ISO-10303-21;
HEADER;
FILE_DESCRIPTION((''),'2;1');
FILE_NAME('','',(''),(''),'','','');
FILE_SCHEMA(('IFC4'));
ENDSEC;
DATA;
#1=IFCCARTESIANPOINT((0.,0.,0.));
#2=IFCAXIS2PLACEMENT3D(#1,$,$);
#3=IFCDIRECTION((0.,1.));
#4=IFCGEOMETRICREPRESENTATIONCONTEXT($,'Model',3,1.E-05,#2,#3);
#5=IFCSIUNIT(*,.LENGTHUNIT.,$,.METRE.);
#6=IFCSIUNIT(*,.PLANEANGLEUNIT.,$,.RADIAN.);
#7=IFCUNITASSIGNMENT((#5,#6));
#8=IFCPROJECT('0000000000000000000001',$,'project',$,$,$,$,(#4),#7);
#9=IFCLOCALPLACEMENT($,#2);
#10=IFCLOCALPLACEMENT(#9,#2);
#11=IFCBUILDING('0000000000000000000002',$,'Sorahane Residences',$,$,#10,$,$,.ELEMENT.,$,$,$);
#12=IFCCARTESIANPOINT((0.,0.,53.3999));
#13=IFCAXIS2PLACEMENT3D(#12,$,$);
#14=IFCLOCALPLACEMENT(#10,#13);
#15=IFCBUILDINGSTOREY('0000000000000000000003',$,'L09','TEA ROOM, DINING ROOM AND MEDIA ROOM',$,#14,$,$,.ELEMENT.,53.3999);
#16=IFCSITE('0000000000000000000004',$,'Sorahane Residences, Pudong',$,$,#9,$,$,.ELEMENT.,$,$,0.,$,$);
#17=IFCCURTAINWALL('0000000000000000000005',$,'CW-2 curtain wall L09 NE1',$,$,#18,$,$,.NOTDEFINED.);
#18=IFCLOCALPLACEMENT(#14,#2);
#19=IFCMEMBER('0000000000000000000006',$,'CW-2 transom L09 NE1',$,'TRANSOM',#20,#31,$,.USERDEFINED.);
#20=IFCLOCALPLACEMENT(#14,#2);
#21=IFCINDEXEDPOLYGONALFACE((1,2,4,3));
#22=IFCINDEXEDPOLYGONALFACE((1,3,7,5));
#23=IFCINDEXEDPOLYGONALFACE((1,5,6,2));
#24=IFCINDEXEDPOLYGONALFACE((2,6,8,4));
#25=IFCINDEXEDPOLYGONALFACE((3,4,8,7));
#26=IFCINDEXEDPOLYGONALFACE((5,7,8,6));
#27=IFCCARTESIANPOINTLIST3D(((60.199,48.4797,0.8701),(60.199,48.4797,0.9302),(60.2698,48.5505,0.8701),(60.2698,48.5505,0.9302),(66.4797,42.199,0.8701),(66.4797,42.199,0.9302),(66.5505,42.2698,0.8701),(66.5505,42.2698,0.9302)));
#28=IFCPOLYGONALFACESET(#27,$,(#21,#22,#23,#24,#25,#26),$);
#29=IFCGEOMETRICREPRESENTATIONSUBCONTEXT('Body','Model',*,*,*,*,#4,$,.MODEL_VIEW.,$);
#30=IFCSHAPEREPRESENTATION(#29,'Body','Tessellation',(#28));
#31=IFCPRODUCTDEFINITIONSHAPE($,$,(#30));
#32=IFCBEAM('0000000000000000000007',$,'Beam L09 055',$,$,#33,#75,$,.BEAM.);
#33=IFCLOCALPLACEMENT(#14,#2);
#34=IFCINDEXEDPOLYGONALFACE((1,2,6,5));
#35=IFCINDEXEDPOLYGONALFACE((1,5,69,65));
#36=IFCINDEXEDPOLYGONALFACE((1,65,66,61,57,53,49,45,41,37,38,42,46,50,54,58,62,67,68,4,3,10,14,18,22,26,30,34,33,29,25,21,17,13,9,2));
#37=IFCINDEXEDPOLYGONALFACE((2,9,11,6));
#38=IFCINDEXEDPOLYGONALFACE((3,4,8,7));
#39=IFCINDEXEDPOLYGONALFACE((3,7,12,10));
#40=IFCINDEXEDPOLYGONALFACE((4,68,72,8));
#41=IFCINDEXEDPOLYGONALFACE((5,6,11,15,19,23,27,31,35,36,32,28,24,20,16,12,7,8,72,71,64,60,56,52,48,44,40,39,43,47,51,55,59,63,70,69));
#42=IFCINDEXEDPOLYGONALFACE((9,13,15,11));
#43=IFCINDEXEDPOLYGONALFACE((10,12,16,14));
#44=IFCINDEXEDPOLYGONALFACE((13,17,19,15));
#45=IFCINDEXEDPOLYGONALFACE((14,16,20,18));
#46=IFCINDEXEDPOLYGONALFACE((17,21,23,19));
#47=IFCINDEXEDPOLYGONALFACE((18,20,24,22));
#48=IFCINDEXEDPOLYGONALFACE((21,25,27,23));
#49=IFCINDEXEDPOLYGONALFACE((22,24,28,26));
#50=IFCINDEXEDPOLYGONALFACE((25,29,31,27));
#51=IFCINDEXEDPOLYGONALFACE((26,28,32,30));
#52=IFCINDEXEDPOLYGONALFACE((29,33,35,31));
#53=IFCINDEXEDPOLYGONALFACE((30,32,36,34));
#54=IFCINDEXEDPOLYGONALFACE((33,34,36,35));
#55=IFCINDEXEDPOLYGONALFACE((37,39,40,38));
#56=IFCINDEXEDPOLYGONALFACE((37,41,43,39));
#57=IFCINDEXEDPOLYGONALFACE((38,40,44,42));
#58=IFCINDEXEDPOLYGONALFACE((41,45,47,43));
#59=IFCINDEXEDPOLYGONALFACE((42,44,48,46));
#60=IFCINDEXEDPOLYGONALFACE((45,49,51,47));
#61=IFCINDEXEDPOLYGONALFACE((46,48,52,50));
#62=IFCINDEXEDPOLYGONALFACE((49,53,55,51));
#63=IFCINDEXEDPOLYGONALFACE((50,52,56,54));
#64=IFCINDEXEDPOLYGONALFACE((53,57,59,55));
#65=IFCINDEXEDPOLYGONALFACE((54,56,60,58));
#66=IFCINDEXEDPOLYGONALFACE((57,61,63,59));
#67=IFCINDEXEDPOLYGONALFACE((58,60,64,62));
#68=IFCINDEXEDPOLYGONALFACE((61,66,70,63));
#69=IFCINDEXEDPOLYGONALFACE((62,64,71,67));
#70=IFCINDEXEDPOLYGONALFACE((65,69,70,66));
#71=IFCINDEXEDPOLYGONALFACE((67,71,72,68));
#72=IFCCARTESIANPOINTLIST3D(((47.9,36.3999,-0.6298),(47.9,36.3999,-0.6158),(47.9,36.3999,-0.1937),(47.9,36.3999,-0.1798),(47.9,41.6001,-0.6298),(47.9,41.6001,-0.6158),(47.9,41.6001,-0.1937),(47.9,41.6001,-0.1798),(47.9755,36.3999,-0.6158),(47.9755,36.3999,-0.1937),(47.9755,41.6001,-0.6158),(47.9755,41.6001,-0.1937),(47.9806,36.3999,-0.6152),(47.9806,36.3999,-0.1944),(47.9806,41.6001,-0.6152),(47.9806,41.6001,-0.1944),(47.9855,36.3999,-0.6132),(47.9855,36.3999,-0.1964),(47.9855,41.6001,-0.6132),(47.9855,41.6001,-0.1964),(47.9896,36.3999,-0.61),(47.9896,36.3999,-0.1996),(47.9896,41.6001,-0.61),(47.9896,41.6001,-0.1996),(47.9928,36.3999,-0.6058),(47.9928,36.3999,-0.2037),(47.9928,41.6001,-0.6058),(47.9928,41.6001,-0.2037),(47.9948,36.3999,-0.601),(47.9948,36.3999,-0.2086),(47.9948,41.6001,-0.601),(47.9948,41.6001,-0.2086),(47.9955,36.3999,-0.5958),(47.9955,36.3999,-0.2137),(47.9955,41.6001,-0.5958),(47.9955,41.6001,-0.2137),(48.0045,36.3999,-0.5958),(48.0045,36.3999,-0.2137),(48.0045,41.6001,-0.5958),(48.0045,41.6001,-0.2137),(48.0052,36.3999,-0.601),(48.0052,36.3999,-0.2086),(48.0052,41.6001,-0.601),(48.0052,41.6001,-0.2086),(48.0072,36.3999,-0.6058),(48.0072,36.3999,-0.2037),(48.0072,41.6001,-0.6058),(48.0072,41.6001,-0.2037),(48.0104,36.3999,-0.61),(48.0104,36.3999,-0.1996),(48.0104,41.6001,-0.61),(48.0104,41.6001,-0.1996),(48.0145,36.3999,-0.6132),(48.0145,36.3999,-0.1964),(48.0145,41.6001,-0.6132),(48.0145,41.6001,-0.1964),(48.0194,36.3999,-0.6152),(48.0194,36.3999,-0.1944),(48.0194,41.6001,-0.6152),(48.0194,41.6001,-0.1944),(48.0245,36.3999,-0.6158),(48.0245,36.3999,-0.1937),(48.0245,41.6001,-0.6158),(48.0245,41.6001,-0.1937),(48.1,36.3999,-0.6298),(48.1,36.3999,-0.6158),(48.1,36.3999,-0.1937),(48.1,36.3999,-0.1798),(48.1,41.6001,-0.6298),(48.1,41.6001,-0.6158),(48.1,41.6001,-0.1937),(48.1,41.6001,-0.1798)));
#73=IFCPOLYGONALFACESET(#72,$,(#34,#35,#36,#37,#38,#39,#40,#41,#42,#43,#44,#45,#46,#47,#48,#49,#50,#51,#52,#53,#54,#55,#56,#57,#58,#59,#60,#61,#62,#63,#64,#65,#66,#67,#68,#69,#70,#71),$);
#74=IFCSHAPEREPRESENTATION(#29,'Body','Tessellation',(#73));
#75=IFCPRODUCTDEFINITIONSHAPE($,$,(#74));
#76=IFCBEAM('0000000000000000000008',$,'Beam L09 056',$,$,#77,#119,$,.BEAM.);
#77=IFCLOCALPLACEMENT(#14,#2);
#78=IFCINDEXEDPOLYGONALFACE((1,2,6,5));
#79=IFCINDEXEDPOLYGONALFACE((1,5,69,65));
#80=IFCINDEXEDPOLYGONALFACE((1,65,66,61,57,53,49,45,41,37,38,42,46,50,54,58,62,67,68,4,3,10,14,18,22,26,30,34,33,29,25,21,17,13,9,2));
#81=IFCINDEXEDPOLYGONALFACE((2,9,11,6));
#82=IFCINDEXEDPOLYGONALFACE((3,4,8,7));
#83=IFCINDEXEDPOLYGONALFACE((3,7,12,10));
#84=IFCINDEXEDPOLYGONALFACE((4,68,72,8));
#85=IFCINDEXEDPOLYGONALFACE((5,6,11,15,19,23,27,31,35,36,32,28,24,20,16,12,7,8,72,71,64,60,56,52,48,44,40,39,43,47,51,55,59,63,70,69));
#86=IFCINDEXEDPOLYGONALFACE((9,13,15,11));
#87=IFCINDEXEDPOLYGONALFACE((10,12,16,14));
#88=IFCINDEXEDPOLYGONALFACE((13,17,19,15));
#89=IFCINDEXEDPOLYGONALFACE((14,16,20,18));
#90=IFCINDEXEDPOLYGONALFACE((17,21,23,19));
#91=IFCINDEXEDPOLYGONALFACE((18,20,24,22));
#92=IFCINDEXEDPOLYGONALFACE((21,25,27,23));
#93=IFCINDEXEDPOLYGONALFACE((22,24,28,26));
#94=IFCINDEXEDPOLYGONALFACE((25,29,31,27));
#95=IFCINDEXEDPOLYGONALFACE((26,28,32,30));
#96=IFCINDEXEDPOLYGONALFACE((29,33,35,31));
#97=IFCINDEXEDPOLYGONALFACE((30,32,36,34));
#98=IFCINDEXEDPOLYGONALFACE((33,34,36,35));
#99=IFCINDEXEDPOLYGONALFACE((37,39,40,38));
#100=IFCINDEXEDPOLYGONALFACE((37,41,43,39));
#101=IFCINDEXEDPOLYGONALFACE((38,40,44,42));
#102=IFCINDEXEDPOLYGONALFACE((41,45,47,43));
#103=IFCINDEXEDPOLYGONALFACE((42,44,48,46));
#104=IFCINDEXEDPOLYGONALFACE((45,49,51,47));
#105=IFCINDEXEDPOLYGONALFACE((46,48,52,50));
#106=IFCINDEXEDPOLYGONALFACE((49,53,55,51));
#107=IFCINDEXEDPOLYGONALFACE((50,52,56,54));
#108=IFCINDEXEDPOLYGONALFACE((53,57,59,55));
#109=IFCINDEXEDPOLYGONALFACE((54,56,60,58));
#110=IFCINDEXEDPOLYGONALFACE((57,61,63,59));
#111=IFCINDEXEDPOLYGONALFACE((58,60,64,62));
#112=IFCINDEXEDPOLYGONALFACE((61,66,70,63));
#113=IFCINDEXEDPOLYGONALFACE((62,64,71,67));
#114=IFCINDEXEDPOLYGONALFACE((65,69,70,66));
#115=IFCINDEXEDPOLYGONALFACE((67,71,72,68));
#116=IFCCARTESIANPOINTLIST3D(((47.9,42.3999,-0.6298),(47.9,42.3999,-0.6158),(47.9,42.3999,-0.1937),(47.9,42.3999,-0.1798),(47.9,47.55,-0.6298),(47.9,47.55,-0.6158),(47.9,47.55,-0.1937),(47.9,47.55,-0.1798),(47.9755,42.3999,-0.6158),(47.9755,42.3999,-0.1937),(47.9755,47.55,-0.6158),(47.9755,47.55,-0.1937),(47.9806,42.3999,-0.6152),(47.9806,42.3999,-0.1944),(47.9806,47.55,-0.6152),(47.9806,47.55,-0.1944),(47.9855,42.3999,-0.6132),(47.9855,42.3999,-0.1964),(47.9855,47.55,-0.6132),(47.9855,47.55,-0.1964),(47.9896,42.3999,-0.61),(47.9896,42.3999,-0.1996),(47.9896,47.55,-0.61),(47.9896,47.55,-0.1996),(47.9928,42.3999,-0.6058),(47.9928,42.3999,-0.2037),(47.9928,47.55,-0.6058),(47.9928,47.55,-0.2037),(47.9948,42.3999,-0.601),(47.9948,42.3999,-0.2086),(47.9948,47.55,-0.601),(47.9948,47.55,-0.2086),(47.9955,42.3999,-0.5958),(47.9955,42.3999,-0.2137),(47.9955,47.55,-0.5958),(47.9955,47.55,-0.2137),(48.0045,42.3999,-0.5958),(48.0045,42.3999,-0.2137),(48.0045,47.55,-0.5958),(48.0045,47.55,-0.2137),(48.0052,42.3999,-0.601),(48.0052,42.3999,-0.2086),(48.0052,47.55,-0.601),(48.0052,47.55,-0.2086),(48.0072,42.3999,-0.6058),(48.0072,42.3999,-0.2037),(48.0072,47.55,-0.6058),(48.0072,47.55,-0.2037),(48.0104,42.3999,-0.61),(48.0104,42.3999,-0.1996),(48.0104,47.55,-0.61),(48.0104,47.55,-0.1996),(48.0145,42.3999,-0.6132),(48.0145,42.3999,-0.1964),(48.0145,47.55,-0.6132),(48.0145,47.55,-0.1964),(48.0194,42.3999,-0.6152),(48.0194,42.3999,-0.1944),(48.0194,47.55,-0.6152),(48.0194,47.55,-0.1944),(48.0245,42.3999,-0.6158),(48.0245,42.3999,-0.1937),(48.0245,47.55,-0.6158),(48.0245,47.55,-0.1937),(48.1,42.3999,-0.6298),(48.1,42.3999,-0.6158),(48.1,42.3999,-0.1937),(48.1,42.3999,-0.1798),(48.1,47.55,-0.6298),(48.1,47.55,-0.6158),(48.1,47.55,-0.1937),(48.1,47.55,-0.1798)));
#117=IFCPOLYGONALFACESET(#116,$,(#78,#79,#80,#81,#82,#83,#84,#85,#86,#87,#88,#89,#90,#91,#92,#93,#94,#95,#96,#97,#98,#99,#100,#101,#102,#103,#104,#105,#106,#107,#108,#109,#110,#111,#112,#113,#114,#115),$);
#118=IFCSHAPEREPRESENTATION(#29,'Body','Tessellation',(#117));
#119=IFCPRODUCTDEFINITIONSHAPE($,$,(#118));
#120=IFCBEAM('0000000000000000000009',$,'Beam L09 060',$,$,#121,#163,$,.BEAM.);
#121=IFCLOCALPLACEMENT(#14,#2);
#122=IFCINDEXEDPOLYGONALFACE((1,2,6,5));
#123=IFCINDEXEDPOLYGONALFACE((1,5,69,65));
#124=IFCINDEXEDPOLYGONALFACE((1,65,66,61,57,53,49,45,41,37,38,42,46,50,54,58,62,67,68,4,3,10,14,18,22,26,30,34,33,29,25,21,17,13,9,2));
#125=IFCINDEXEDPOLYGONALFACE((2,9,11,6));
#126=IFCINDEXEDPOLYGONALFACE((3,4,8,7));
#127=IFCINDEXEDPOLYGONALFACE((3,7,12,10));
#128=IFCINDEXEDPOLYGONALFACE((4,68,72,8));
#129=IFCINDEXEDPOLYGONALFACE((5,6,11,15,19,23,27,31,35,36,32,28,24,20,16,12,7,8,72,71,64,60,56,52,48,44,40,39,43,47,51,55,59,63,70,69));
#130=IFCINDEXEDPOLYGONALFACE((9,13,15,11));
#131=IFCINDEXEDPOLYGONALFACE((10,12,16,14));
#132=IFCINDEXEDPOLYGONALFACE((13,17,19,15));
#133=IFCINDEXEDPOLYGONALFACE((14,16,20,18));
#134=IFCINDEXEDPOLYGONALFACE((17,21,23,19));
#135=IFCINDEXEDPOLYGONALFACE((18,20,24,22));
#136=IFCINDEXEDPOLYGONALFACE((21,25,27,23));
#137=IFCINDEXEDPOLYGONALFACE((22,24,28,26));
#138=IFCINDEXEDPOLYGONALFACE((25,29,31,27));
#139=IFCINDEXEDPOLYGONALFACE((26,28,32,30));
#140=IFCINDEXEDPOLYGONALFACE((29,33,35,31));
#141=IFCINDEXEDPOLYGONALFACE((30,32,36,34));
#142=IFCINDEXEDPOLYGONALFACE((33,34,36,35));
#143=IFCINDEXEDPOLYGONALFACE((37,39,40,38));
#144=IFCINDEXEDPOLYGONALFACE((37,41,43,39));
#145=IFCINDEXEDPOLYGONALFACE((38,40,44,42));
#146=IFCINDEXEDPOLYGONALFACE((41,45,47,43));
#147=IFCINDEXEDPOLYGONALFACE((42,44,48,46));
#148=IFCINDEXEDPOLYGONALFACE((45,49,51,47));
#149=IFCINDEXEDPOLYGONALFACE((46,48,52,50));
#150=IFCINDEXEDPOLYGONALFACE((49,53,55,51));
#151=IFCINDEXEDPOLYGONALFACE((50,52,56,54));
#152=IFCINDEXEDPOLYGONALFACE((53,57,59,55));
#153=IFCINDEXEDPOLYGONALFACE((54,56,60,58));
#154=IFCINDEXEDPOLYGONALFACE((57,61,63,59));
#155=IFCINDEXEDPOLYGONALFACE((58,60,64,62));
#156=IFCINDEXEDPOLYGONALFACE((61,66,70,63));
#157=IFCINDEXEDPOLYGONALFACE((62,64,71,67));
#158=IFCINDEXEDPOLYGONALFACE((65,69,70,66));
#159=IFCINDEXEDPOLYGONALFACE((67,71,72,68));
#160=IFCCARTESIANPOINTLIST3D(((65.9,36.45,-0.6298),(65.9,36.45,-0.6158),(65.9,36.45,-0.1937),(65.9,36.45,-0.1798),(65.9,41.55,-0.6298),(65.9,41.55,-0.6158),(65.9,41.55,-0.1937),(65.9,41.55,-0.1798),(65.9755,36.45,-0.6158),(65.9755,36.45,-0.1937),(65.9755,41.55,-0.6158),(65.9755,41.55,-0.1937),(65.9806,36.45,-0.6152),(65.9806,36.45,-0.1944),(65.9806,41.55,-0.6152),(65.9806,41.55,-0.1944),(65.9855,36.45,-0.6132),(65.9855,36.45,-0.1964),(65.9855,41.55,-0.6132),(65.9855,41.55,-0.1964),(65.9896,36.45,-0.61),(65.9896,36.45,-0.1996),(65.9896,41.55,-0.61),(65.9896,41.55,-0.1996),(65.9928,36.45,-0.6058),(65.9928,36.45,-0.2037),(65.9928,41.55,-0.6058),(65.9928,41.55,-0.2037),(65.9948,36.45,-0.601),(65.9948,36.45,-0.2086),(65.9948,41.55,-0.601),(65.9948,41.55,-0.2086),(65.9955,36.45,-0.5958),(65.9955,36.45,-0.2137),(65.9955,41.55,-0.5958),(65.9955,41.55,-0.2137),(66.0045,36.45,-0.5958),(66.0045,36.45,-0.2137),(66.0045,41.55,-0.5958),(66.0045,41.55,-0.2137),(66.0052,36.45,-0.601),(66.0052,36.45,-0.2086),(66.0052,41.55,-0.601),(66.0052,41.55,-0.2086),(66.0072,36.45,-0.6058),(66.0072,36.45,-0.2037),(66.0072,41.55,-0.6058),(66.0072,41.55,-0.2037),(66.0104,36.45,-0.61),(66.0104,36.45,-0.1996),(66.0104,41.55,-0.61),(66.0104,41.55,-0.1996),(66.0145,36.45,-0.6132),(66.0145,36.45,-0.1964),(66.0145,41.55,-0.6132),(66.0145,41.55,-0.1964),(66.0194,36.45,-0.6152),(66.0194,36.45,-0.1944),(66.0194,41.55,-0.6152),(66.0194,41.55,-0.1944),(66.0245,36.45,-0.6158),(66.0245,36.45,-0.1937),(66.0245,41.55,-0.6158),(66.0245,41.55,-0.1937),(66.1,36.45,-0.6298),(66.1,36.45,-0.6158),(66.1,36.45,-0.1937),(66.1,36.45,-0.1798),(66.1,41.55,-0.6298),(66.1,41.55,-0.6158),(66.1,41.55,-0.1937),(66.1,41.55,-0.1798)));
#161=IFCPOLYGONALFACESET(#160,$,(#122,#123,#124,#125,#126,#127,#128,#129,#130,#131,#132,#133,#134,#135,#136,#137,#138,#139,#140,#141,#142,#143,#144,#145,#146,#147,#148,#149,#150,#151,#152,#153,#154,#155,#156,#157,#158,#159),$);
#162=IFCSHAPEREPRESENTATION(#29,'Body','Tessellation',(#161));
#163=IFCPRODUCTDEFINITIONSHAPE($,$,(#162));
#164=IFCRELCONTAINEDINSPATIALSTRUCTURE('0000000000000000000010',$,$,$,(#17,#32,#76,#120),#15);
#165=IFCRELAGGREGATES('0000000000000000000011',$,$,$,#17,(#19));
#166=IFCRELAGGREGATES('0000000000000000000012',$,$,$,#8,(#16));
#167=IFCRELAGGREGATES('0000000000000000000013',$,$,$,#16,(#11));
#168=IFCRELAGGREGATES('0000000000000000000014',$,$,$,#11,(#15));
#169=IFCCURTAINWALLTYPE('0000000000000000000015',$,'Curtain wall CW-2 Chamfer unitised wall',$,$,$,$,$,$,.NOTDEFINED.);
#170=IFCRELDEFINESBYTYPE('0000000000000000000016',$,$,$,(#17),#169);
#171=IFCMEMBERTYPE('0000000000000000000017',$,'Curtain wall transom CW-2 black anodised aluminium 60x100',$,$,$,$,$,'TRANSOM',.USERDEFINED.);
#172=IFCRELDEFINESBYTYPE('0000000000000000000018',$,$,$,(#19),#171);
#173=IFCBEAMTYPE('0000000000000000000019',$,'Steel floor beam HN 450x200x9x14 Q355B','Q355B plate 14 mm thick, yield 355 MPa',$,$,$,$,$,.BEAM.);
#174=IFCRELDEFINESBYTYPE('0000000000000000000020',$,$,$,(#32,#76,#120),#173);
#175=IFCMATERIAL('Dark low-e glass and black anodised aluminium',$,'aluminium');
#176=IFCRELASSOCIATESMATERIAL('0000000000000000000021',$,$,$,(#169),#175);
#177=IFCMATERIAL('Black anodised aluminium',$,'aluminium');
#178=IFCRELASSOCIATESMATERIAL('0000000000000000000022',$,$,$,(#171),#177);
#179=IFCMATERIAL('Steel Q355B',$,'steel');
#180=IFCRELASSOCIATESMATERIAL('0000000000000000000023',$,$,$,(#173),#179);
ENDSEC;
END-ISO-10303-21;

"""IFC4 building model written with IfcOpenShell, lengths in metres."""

from ifc_helpers import new_model, si_unit, direction, frame, origin, origin_2d, place, context, subcontext, project, spatial, rectangle, i_section, extrude, material, material_profile, profile_set, type_object, element, aggregate, save


model = new_model("IFC4")

# Units and contexts
model_context = context("Model", 3, precision=1e-05, world=origin(), true_north=direction((0.0, 1.0)))
body_context = subcontext(model_context, "Body", "Model", "MODEL_VIEW")
ifc_project = project(units=[si_unit("LENGTHUNIT", "METRE"), si_unit("PLANEANGLEUNIT", "RADIAN")], contexts=[model_context])

# Site, building, storey
site_placement = place(None, origin())
site = spatial("IfcSite", under=ifc_project, at=site_placement, Name="Sorahane Residences, Pudong", CompositionType="ELEMENT", RefElevation=0.0)
building_placement = place(site_placement, origin())
building = spatial("IfcBuilding", under=site, at=building_placement, Name="Sorahane Residences", CompositionType="ELEMENT")
storey_placement = place(building_placement, frame((0.0, 0.0, 53.3999)))
storey = spatial("IfcBuildingStorey", under=building, at=storey_placement, Name="L09", Description="TEA ROOM, DINING ROOM AND MEDIA ROOM", CompositionType="ELEMENT", Elevation=53.3999)

# Curtain wall
ifc_material_1 = material(Name="Dark low-e glass and black anodised aluminium", Category="aluminium")
curtain_wall_type_1 = type_object("IfcCurtainWallType", Name="Curtain wall CW-2 Chamfer unitised wall", PredefinedType="NOTDEFINED", material=ifc_material_1)
curtain_wall_1_placement = place(storey_placement, origin())
curtain_wall_1 = element("IfcCurtainWall", 1, at=curtain_wall_1_placement, inside=storey, type_object=curtain_wall_type_1, Name="CW-2 curtain wall L09 NE1", PredefinedType="NOTDEFINED")

# Member
ifc_material_2 = material(Name="Black anodised aluminium", Category="aluminium")
ifc_material_profile_1 = material_profile(ifc_material_2, rectangle(XDim=0.1001, YDim=0.0601, at=origin_2d()), Name="Curtain wall transom CW-2 black anodised aluminium 60x100")
ifc_profile_set_1 = profile_set([ifc_material_profile_1], Name="Black anodised aluminium")
member_type_1 = type_object("IfcMemberType", Name="Curtain wall transom CW-2 black anodised aluminium 60x100", ElementType="TRANSOM", PredefinedType="USERDEFINED", material=ifc_profile_set_1)
member_1_placement = place(storey_placement, frame((66.5151, 42.2344, 0.9001), z_axis=(-0.707107, 0.707107, 0.0), x_axis=(-0.707107, -0.707107, 0.0)))
member_1 = element("IfcMember", 2, at=member_1_placement, type_object=member_type_1, Name="CW-2 transom L09 NE1", ObjectType="TRANSOM", PredefinedType="USERDEFINED", context=body_context, shape_type="SweptSolid", body=[
    extrude(rectangle(XDim=0.1001, YDim=0.0601, at=origin_2d()), origin(), (0.0, 0.0, 1.0), 8.8823),
])

# Beams
ifc_material_3 = material(Name="Steel Q355B", Category="steel")
ifc_material_profile_2 = material_profile(ifc_material_3, i_section(OverallWidth=0.2, OverallDepth=0.45, WebThickness=0.009, FlangeThickness=0.0139, FilletRadius=0.02, at=origin_2d()), Name="HN 450x200x9x14")
ifc_profile_set_2 = profile_set([ifc_material_profile_2], Name="Steel Q355B")
beam_type_1 = type_object("IfcBeamType", Name="Steel floor beam HN 450x200x9x14 Q355B", Description="Q355B plate 14 mm thick, yield 355 MPa", PredefinedType="BEAM", material=ifc_profile_set_2)
beam_1_placement = place(storey_placement, frame((48.0, 36.3999, -0.4048), z_axis=(0.0, 1.0, 0.0), x_axis=(-1.0, 0.0, 0.0)))
element("IfcBeam", 3, at=beam_1_placement, inside=storey, type_object=beam_type_1, Name="Beam L09 055", PredefinedType="BEAM", context=body_context, shape_type="SweptSolid", body=[
    extrude(i_section(OverallWidth=0.2, OverallDepth=0.45, WebThickness=0.009, FlangeThickness=0.0139, FilletRadius=0.02, at=origin_2d()), origin(), (0.0, 0.0, 1.0), 5.2002),
])
beam_2_placement = place(storey_placement, frame((48.0, 42.3999, -0.4048), z_axis=(0.0, 1.0, 0.0), x_axis=(-1.0, 0.0, 0.0)))
element("IfcBeam", 4, at=beam_2_placement, inside=storey, type_object=beam_type_1, Name="Beam L09 056", PredefinedType="BEAM", context=body_context, shape_type="SweptSolid", body=[
    extrude(i_section(OverallWidth=0.2, OverallDepth=0.45, WebThickness=0.009, FlangeThickness=0.0139, FilletRadius=0.02, at=origin_2d()), origin(), (0.0, 0.0, 1.0), 5.1501),
])
beam_3_placement = place(storey_placement, frame((66.0, 36.45, -0.4048), z_axis=(0.0, 1.0, 0.0), x_axis=(-1.0, 0.0, 0.0)))
element("IfcBeam", 5, at=beam_3_placement, inside=storey, type_object=beam_type_1, Name="Beam L09 060", PredefinedType="BEAM", context=body_context, shape_type="SweptSolid", body=[
    extrude(i_section(OverallWidth=0.2, OverallDepth=0.45, WebThickness=0.009, FlangeThickness=0.0139, FilletRadius=0.02, at=origin_2d()), origin(), (0.0, 0.0, 1.0), 5.1001),
])

aggregate(curtain_wall_1, [member_1])

save(model, "model.ifc")
